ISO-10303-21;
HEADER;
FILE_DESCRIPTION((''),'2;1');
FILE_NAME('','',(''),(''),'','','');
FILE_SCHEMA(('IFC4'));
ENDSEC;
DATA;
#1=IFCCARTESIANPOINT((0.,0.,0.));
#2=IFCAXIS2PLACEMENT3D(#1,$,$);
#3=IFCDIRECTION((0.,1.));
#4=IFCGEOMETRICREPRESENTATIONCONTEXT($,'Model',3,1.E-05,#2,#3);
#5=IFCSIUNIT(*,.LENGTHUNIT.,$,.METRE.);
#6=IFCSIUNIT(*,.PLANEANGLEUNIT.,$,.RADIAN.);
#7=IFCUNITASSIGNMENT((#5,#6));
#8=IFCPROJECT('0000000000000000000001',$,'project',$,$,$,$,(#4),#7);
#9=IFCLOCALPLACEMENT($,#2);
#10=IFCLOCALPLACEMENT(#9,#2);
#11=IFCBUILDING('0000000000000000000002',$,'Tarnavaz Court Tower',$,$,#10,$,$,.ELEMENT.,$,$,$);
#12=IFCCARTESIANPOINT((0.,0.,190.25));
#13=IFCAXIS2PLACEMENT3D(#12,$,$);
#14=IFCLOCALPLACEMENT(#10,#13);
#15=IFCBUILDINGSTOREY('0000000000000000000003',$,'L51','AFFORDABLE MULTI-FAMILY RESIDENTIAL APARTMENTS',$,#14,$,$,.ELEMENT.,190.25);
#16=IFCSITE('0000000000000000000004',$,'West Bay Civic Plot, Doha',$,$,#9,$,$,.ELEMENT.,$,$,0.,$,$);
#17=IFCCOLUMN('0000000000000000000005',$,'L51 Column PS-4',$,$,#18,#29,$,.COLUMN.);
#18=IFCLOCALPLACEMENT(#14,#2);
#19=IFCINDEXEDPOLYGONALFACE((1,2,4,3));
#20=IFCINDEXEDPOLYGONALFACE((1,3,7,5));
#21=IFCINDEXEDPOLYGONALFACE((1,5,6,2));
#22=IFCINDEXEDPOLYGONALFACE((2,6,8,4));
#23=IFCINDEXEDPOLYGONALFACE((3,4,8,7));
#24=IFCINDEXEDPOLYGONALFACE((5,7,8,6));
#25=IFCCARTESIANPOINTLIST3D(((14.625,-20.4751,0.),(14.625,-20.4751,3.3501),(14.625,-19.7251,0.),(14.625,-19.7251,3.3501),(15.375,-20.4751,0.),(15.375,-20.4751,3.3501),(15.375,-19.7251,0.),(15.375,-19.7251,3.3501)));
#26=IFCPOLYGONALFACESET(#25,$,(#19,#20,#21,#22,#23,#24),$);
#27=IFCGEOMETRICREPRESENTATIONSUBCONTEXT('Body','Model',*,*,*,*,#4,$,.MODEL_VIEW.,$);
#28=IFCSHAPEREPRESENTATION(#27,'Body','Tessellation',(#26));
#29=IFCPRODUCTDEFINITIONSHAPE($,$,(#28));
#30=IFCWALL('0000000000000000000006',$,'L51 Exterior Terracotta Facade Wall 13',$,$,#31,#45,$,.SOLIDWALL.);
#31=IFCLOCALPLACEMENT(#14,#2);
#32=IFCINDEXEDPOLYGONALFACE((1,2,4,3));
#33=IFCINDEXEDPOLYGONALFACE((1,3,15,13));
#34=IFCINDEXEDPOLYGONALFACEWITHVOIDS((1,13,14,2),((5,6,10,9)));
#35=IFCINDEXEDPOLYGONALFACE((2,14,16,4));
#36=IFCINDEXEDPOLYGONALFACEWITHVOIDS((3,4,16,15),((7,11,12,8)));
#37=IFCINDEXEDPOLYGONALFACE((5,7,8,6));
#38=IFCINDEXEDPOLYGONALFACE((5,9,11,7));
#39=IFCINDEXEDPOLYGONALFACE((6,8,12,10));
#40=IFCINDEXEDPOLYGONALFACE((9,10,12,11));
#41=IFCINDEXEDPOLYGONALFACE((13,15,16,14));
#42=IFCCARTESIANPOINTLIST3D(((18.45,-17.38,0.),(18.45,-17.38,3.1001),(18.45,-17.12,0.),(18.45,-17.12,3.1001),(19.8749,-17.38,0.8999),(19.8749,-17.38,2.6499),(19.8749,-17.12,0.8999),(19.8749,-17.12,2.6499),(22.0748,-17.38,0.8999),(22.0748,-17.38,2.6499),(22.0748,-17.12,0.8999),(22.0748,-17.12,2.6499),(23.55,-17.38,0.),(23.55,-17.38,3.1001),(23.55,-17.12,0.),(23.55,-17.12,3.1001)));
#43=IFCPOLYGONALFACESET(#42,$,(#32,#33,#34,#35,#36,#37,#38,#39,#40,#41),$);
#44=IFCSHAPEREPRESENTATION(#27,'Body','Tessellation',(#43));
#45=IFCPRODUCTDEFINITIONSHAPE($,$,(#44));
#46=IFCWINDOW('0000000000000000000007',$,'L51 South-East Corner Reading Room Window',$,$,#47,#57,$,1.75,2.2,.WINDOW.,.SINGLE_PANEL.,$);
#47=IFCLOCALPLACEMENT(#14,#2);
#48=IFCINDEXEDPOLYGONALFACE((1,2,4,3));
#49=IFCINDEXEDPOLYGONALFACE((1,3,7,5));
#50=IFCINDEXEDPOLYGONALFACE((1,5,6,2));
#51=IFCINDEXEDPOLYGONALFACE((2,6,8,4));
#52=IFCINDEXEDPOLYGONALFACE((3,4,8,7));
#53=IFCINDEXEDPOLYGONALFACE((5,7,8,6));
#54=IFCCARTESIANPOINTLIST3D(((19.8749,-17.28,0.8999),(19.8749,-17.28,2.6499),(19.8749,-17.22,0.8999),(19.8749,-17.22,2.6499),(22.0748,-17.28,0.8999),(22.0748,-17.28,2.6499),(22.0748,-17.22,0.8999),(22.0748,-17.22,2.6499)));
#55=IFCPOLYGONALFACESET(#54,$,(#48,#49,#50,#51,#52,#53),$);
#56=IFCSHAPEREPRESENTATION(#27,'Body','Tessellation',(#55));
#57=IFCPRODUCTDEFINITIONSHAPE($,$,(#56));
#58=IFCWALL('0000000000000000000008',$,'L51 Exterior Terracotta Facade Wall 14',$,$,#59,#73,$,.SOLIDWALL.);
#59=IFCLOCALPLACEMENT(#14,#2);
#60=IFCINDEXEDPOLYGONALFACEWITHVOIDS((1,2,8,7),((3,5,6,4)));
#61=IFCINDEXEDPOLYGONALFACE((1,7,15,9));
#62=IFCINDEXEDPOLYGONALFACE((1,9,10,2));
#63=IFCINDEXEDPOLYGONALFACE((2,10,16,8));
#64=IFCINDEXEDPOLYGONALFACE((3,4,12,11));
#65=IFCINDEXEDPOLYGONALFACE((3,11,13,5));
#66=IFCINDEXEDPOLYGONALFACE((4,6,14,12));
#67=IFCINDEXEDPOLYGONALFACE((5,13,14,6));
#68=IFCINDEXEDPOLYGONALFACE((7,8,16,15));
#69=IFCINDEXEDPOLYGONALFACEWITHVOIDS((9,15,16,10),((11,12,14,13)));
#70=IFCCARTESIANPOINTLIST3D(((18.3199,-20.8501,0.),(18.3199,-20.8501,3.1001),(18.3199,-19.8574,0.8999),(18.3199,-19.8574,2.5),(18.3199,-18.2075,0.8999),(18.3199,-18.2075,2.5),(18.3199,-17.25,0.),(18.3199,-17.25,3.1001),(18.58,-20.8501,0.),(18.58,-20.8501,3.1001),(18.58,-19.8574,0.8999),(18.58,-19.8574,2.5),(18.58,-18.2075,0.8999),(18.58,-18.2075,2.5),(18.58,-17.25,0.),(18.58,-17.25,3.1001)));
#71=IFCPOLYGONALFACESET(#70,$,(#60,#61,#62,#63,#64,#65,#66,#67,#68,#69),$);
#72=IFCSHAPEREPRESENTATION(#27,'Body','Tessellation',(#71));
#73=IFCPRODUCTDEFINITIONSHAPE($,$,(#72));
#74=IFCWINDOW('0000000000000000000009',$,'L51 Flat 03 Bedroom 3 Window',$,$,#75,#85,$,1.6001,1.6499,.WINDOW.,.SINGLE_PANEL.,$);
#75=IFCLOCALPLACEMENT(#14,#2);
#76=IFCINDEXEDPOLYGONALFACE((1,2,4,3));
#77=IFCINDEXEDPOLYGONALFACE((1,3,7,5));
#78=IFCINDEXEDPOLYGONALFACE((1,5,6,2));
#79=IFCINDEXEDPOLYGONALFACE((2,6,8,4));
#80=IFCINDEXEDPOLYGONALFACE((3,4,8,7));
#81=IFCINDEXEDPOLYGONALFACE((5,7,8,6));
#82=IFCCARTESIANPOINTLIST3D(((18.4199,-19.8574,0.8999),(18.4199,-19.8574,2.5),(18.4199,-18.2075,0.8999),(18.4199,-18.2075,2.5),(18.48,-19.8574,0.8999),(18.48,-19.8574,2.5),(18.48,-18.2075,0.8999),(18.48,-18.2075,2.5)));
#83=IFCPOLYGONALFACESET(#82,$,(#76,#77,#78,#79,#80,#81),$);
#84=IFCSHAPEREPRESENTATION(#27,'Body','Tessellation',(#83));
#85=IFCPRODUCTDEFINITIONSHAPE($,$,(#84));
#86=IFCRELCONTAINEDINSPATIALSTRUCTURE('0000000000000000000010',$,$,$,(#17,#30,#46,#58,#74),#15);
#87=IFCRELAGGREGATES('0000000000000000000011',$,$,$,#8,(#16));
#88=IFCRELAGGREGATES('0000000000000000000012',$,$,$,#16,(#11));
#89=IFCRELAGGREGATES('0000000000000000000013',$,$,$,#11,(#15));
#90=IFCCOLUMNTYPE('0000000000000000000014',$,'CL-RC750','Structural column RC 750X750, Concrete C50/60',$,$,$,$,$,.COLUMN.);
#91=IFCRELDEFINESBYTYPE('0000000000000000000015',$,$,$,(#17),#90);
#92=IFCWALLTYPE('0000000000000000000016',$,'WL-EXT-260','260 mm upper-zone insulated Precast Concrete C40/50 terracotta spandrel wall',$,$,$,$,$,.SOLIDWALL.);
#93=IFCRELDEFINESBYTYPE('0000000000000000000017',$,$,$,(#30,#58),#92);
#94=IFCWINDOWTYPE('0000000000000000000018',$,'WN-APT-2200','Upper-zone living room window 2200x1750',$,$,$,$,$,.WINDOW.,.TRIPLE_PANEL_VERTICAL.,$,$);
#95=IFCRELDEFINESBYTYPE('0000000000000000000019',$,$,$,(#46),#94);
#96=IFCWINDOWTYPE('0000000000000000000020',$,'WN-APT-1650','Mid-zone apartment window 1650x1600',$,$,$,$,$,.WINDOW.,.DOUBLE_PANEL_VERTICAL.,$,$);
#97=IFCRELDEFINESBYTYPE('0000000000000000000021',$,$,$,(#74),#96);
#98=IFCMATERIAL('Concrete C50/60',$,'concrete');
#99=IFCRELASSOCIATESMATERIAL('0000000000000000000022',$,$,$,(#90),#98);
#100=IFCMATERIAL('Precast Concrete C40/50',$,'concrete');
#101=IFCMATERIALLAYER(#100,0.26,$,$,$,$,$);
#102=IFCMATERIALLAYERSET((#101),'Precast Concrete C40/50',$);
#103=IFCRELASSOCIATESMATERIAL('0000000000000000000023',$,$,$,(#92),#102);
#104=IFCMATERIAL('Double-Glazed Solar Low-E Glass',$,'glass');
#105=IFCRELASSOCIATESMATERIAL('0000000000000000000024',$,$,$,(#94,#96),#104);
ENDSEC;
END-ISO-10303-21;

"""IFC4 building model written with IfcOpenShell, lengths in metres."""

from ifc_helpers import new_model, si_unit, direction, frame, frame_2d, origin, origin_2d, place, context, subcontext, project, spatial, rectangle, extrude, material, layer, layer_set, material_profile, profile_set, type_object, element, fill, save


model = new_model("IFC4")

# Units and contexts
model_context = context("Model", 3, precision=1e-05, world=origin(), true_north=direction((0.0, 1.0)))
body_context = subcontext(model_context, "Body", "Model", "MODEL_VIEW")
ifc_project = project(units=[si_unit("LENGTHUNIT", "METRE"), si_unit("PLANEANGLEUNIT", "RADIAN")], contexts=[model_context])

# Site, building, storey
site_placement = place(None, origin())
site = spatial("IfcSite", under=ifc_project, at=site_placement, Name="West Bay Civic Plot, Doha", CompositionType="ELEMENT", RefElevation=0.0)
building_placement = place(site_placement, origin())
building = spatial("IfcBuilding", under=site, at=building_placement, Name="Tarnavaz Court Tower", CompositionType="ELEMENT")
storey_placement = place(building_placement, frame((0.0, 0.0, 190.25)))
storey = spatial("IfcBuildingStorey", under=building, at=storey_placement, Name="L51", Description="AFFORDABLE MULTI-FAMILY RESIDENTIAL APARTMENTS", CompositionType="ELEMENT", Elevation=190.25)

# Column
ifc_material_1 = material(Name="Concrete C50/60", Category="concrete")
ifc_material_profile_1 = material_profile(ifc_material_1, rectangle(XDim=0.75, YDim=0.75, at=origin_2d()), Name="RC 750X750")
ifc_profile_set_1 = profile_set([ifc_material_profile_1], Name="Concrete C50/60")
column_type = type_object("IfcColumnType", Name="CL-RC750", Description="Structural column RC 750X750, Concrete C50/60", PredefinedType="COLUMN", material=ifc_profile_set_1)
column_placement = place(storey_placement, frame((15.0, -20.1001, 0.0), z_axis=(0.0, 0.0, 1.0), x_axis=(1.0, 0.0, 0.0)))
element("IfcColumn", 1, at=column_placement, inside=storey, type_object=column_type, Name="L51 Column PS-4", PredefinedType="COLUMN", context=body_context, shape_type="SweptSolid", body=[
    extrude(rectangle(XDim=0.75, YDim=0.75, at=origin_2d()), origin(), (0.0, 0.0, 1.0), 3.3501),
])

# Walls, openings, windows
ifc_material_2 = material(Name="Precast Concrete C40/50", Category="concrete")
ifc_layer_1 = layer(ifc_material_2, 0.26)
ifc_layer_set_1 = layer_set([ifc_layer_1], Name="Precast Concrete C40/50")
wall_type_1 = type_object("IfcWallType", Name="WL-EXT-260", Description="260 mm upper-zone insulated Precast Concrete C40/50 terracotta spandrel wall", PredefinedType="SOLIDWALL", material=ifc_layer_set_1)
wall_1_placement = place(storey_placement, frame((23.55, -17.25, 0.0), z_axis=(0.0, 0.0, 1.0), x_axis=(-1.0, 0.0, 0.0)))
wall_1 = element("IfcWall", 2, at=wall_1_placement, inside=storey, type_object=wall_type_1, Name="L51 Exterior Terracotta Facade Wall 13", PredefinedType="SOLIDWALL", context=body_context, shape_type="SweptSolid", body=[
    extrude(rectangle(XDim=5.1001, YDim=0.26, at=frame_2d((2.55, 0.0))), origin(), (0.0, 0.0, 1.0), 3.1001),
])
opening_1_placement = place(wall_1_placement, frame((1.4751, 0.0, 0.8999)))
opening_1 = element("IfcOpeningElement", 3, at=opening_1_placement, cuts=wall_1, PredefinedType="OPENING", context=body_context, shape_type="SweptSolid", body=[
    extrude(rectangle(XDim=2.2, YDim=1.75, at=frame_2d((1.1001, 0.875))), frame((0.0, 0.1399, 0.0), z_axis=(0.0, -1.0, 0.0), x_axis=(1.0, 0.0, 0.0)), (0.0, 0.0, 1.0), 0.28),
])
ifc_material_3 = material(Name="Double-Glazed Solar Low-E Glass", Category="glass")
window_type_1 = type_object("IfcWindowType", Name="WN-APT-2200", Description="Upper-zone living room window 2200x1750", PartitioningType="TRIPLE_PANEL_VERTICAL", PredefinedType="WINDOW", material=ifc_material_3)
window_1_placement = place(opening_1_placement, origin())
window_1 = element("IfcWindow", 4, at=window_1_placement, inside=storey, type_object=window_type_1, Name="L51 South-East Corner Reading Room Window", OverallHeight=1.75, OverallWidth=2.2, PartitioningType="SINGLE_PANEL", PredefinedType="WINDOW", context=body_context, shape_type="SweptSolid", body=[
    extrude(rectangle(XDim=2.2, YDim=1.75, at=frame_2d((1.1001, 0.875))), frame((0.0, 0.03, 0.0), z_axis=(0.0, -1.0, 0.0), x_axis=(1.0, 0.0, 0.0)), (0.0, 0.0, 1.0), 0.0601),
])
fill(opening_1, window_1)
wall_2_placement = place(storey_placement, frame((18.45, -17.25, 0.0), z_axis=(0.0, 0.0, 1.0), x_axis=(0.0, -1.0, 0.0)))
wall_2 = element("IfcWall", 5, at=wall_2_placement, inside=storey, type_object=wall_type_1, Name="L51 Exterior Terracotta Facade Wall 14", PredefinedType="SOLIDWALL", context=body_context, shape_type="SweptSolid", body=[
    extrude(rectangle(XDim=3.6001, YDim=0.26, at=frame_2d((1.8, 0.0))), origin(), (0.0, 0.0, 1.0), 3.1001),
])
opening_2_placement = place(wall_2_placement, frame((0.9575, 0.0, 0.8999)))
opening_2 = element("IfcOpeningElement", 6, at=opening_2_placement, cuts=wall_2, PredefinedType="OPENING", context=body_context, shape_type="SweptSolid", body=[
    extrude(rectangle(XDim=1.6499, YDim=1.6001, at=frame_2d((0.825, 0.8))), frame((0.0, 0.1399, 0.0), z_axis=(0.0, -1.0, 0.0), x_axis=(1.0, 0.0, 0.0)), (0.0, 0.0, 1.0), 0.28),
])
window_type_2 = type_object("IfcWindowType", Name="WN-APT-1650", Description="Mid-zone apartment window 1650x1600", PartitioningType="DOUBLE_PANEL_VERTICAL", PredefinedType="WINDOW", material=ifc_material_3)
window_2_placement = place(opening_2_placement, origin())
window_2 = element("IfcWindow", 7, at=window_2_placement, inside=storey, type_object=window_type_2, Name="L51 Flat 03 Bedroom 3 Window", OverallHeight=1.6001, OverallWidth=1.6499, PartitioningType="SINGLE_PANEL", PredefinedType="WINDOW", context=body_context, shape_type="SweptSolid", body=[
    extrude(rectangle(XDim=1.6499, YDim=1.6001, at=frame_2d((0.825, 0.8))), frame((0.0, 0.03, 0.0), z_axis=(0.0, -1.0, 0.0), x_axis=(1.0, 0.0, 0.0)), (0.0, 0.0, 1.0), 0.0601),
])
fill(opening_2, window_2)

save(model, "model.ifc")
